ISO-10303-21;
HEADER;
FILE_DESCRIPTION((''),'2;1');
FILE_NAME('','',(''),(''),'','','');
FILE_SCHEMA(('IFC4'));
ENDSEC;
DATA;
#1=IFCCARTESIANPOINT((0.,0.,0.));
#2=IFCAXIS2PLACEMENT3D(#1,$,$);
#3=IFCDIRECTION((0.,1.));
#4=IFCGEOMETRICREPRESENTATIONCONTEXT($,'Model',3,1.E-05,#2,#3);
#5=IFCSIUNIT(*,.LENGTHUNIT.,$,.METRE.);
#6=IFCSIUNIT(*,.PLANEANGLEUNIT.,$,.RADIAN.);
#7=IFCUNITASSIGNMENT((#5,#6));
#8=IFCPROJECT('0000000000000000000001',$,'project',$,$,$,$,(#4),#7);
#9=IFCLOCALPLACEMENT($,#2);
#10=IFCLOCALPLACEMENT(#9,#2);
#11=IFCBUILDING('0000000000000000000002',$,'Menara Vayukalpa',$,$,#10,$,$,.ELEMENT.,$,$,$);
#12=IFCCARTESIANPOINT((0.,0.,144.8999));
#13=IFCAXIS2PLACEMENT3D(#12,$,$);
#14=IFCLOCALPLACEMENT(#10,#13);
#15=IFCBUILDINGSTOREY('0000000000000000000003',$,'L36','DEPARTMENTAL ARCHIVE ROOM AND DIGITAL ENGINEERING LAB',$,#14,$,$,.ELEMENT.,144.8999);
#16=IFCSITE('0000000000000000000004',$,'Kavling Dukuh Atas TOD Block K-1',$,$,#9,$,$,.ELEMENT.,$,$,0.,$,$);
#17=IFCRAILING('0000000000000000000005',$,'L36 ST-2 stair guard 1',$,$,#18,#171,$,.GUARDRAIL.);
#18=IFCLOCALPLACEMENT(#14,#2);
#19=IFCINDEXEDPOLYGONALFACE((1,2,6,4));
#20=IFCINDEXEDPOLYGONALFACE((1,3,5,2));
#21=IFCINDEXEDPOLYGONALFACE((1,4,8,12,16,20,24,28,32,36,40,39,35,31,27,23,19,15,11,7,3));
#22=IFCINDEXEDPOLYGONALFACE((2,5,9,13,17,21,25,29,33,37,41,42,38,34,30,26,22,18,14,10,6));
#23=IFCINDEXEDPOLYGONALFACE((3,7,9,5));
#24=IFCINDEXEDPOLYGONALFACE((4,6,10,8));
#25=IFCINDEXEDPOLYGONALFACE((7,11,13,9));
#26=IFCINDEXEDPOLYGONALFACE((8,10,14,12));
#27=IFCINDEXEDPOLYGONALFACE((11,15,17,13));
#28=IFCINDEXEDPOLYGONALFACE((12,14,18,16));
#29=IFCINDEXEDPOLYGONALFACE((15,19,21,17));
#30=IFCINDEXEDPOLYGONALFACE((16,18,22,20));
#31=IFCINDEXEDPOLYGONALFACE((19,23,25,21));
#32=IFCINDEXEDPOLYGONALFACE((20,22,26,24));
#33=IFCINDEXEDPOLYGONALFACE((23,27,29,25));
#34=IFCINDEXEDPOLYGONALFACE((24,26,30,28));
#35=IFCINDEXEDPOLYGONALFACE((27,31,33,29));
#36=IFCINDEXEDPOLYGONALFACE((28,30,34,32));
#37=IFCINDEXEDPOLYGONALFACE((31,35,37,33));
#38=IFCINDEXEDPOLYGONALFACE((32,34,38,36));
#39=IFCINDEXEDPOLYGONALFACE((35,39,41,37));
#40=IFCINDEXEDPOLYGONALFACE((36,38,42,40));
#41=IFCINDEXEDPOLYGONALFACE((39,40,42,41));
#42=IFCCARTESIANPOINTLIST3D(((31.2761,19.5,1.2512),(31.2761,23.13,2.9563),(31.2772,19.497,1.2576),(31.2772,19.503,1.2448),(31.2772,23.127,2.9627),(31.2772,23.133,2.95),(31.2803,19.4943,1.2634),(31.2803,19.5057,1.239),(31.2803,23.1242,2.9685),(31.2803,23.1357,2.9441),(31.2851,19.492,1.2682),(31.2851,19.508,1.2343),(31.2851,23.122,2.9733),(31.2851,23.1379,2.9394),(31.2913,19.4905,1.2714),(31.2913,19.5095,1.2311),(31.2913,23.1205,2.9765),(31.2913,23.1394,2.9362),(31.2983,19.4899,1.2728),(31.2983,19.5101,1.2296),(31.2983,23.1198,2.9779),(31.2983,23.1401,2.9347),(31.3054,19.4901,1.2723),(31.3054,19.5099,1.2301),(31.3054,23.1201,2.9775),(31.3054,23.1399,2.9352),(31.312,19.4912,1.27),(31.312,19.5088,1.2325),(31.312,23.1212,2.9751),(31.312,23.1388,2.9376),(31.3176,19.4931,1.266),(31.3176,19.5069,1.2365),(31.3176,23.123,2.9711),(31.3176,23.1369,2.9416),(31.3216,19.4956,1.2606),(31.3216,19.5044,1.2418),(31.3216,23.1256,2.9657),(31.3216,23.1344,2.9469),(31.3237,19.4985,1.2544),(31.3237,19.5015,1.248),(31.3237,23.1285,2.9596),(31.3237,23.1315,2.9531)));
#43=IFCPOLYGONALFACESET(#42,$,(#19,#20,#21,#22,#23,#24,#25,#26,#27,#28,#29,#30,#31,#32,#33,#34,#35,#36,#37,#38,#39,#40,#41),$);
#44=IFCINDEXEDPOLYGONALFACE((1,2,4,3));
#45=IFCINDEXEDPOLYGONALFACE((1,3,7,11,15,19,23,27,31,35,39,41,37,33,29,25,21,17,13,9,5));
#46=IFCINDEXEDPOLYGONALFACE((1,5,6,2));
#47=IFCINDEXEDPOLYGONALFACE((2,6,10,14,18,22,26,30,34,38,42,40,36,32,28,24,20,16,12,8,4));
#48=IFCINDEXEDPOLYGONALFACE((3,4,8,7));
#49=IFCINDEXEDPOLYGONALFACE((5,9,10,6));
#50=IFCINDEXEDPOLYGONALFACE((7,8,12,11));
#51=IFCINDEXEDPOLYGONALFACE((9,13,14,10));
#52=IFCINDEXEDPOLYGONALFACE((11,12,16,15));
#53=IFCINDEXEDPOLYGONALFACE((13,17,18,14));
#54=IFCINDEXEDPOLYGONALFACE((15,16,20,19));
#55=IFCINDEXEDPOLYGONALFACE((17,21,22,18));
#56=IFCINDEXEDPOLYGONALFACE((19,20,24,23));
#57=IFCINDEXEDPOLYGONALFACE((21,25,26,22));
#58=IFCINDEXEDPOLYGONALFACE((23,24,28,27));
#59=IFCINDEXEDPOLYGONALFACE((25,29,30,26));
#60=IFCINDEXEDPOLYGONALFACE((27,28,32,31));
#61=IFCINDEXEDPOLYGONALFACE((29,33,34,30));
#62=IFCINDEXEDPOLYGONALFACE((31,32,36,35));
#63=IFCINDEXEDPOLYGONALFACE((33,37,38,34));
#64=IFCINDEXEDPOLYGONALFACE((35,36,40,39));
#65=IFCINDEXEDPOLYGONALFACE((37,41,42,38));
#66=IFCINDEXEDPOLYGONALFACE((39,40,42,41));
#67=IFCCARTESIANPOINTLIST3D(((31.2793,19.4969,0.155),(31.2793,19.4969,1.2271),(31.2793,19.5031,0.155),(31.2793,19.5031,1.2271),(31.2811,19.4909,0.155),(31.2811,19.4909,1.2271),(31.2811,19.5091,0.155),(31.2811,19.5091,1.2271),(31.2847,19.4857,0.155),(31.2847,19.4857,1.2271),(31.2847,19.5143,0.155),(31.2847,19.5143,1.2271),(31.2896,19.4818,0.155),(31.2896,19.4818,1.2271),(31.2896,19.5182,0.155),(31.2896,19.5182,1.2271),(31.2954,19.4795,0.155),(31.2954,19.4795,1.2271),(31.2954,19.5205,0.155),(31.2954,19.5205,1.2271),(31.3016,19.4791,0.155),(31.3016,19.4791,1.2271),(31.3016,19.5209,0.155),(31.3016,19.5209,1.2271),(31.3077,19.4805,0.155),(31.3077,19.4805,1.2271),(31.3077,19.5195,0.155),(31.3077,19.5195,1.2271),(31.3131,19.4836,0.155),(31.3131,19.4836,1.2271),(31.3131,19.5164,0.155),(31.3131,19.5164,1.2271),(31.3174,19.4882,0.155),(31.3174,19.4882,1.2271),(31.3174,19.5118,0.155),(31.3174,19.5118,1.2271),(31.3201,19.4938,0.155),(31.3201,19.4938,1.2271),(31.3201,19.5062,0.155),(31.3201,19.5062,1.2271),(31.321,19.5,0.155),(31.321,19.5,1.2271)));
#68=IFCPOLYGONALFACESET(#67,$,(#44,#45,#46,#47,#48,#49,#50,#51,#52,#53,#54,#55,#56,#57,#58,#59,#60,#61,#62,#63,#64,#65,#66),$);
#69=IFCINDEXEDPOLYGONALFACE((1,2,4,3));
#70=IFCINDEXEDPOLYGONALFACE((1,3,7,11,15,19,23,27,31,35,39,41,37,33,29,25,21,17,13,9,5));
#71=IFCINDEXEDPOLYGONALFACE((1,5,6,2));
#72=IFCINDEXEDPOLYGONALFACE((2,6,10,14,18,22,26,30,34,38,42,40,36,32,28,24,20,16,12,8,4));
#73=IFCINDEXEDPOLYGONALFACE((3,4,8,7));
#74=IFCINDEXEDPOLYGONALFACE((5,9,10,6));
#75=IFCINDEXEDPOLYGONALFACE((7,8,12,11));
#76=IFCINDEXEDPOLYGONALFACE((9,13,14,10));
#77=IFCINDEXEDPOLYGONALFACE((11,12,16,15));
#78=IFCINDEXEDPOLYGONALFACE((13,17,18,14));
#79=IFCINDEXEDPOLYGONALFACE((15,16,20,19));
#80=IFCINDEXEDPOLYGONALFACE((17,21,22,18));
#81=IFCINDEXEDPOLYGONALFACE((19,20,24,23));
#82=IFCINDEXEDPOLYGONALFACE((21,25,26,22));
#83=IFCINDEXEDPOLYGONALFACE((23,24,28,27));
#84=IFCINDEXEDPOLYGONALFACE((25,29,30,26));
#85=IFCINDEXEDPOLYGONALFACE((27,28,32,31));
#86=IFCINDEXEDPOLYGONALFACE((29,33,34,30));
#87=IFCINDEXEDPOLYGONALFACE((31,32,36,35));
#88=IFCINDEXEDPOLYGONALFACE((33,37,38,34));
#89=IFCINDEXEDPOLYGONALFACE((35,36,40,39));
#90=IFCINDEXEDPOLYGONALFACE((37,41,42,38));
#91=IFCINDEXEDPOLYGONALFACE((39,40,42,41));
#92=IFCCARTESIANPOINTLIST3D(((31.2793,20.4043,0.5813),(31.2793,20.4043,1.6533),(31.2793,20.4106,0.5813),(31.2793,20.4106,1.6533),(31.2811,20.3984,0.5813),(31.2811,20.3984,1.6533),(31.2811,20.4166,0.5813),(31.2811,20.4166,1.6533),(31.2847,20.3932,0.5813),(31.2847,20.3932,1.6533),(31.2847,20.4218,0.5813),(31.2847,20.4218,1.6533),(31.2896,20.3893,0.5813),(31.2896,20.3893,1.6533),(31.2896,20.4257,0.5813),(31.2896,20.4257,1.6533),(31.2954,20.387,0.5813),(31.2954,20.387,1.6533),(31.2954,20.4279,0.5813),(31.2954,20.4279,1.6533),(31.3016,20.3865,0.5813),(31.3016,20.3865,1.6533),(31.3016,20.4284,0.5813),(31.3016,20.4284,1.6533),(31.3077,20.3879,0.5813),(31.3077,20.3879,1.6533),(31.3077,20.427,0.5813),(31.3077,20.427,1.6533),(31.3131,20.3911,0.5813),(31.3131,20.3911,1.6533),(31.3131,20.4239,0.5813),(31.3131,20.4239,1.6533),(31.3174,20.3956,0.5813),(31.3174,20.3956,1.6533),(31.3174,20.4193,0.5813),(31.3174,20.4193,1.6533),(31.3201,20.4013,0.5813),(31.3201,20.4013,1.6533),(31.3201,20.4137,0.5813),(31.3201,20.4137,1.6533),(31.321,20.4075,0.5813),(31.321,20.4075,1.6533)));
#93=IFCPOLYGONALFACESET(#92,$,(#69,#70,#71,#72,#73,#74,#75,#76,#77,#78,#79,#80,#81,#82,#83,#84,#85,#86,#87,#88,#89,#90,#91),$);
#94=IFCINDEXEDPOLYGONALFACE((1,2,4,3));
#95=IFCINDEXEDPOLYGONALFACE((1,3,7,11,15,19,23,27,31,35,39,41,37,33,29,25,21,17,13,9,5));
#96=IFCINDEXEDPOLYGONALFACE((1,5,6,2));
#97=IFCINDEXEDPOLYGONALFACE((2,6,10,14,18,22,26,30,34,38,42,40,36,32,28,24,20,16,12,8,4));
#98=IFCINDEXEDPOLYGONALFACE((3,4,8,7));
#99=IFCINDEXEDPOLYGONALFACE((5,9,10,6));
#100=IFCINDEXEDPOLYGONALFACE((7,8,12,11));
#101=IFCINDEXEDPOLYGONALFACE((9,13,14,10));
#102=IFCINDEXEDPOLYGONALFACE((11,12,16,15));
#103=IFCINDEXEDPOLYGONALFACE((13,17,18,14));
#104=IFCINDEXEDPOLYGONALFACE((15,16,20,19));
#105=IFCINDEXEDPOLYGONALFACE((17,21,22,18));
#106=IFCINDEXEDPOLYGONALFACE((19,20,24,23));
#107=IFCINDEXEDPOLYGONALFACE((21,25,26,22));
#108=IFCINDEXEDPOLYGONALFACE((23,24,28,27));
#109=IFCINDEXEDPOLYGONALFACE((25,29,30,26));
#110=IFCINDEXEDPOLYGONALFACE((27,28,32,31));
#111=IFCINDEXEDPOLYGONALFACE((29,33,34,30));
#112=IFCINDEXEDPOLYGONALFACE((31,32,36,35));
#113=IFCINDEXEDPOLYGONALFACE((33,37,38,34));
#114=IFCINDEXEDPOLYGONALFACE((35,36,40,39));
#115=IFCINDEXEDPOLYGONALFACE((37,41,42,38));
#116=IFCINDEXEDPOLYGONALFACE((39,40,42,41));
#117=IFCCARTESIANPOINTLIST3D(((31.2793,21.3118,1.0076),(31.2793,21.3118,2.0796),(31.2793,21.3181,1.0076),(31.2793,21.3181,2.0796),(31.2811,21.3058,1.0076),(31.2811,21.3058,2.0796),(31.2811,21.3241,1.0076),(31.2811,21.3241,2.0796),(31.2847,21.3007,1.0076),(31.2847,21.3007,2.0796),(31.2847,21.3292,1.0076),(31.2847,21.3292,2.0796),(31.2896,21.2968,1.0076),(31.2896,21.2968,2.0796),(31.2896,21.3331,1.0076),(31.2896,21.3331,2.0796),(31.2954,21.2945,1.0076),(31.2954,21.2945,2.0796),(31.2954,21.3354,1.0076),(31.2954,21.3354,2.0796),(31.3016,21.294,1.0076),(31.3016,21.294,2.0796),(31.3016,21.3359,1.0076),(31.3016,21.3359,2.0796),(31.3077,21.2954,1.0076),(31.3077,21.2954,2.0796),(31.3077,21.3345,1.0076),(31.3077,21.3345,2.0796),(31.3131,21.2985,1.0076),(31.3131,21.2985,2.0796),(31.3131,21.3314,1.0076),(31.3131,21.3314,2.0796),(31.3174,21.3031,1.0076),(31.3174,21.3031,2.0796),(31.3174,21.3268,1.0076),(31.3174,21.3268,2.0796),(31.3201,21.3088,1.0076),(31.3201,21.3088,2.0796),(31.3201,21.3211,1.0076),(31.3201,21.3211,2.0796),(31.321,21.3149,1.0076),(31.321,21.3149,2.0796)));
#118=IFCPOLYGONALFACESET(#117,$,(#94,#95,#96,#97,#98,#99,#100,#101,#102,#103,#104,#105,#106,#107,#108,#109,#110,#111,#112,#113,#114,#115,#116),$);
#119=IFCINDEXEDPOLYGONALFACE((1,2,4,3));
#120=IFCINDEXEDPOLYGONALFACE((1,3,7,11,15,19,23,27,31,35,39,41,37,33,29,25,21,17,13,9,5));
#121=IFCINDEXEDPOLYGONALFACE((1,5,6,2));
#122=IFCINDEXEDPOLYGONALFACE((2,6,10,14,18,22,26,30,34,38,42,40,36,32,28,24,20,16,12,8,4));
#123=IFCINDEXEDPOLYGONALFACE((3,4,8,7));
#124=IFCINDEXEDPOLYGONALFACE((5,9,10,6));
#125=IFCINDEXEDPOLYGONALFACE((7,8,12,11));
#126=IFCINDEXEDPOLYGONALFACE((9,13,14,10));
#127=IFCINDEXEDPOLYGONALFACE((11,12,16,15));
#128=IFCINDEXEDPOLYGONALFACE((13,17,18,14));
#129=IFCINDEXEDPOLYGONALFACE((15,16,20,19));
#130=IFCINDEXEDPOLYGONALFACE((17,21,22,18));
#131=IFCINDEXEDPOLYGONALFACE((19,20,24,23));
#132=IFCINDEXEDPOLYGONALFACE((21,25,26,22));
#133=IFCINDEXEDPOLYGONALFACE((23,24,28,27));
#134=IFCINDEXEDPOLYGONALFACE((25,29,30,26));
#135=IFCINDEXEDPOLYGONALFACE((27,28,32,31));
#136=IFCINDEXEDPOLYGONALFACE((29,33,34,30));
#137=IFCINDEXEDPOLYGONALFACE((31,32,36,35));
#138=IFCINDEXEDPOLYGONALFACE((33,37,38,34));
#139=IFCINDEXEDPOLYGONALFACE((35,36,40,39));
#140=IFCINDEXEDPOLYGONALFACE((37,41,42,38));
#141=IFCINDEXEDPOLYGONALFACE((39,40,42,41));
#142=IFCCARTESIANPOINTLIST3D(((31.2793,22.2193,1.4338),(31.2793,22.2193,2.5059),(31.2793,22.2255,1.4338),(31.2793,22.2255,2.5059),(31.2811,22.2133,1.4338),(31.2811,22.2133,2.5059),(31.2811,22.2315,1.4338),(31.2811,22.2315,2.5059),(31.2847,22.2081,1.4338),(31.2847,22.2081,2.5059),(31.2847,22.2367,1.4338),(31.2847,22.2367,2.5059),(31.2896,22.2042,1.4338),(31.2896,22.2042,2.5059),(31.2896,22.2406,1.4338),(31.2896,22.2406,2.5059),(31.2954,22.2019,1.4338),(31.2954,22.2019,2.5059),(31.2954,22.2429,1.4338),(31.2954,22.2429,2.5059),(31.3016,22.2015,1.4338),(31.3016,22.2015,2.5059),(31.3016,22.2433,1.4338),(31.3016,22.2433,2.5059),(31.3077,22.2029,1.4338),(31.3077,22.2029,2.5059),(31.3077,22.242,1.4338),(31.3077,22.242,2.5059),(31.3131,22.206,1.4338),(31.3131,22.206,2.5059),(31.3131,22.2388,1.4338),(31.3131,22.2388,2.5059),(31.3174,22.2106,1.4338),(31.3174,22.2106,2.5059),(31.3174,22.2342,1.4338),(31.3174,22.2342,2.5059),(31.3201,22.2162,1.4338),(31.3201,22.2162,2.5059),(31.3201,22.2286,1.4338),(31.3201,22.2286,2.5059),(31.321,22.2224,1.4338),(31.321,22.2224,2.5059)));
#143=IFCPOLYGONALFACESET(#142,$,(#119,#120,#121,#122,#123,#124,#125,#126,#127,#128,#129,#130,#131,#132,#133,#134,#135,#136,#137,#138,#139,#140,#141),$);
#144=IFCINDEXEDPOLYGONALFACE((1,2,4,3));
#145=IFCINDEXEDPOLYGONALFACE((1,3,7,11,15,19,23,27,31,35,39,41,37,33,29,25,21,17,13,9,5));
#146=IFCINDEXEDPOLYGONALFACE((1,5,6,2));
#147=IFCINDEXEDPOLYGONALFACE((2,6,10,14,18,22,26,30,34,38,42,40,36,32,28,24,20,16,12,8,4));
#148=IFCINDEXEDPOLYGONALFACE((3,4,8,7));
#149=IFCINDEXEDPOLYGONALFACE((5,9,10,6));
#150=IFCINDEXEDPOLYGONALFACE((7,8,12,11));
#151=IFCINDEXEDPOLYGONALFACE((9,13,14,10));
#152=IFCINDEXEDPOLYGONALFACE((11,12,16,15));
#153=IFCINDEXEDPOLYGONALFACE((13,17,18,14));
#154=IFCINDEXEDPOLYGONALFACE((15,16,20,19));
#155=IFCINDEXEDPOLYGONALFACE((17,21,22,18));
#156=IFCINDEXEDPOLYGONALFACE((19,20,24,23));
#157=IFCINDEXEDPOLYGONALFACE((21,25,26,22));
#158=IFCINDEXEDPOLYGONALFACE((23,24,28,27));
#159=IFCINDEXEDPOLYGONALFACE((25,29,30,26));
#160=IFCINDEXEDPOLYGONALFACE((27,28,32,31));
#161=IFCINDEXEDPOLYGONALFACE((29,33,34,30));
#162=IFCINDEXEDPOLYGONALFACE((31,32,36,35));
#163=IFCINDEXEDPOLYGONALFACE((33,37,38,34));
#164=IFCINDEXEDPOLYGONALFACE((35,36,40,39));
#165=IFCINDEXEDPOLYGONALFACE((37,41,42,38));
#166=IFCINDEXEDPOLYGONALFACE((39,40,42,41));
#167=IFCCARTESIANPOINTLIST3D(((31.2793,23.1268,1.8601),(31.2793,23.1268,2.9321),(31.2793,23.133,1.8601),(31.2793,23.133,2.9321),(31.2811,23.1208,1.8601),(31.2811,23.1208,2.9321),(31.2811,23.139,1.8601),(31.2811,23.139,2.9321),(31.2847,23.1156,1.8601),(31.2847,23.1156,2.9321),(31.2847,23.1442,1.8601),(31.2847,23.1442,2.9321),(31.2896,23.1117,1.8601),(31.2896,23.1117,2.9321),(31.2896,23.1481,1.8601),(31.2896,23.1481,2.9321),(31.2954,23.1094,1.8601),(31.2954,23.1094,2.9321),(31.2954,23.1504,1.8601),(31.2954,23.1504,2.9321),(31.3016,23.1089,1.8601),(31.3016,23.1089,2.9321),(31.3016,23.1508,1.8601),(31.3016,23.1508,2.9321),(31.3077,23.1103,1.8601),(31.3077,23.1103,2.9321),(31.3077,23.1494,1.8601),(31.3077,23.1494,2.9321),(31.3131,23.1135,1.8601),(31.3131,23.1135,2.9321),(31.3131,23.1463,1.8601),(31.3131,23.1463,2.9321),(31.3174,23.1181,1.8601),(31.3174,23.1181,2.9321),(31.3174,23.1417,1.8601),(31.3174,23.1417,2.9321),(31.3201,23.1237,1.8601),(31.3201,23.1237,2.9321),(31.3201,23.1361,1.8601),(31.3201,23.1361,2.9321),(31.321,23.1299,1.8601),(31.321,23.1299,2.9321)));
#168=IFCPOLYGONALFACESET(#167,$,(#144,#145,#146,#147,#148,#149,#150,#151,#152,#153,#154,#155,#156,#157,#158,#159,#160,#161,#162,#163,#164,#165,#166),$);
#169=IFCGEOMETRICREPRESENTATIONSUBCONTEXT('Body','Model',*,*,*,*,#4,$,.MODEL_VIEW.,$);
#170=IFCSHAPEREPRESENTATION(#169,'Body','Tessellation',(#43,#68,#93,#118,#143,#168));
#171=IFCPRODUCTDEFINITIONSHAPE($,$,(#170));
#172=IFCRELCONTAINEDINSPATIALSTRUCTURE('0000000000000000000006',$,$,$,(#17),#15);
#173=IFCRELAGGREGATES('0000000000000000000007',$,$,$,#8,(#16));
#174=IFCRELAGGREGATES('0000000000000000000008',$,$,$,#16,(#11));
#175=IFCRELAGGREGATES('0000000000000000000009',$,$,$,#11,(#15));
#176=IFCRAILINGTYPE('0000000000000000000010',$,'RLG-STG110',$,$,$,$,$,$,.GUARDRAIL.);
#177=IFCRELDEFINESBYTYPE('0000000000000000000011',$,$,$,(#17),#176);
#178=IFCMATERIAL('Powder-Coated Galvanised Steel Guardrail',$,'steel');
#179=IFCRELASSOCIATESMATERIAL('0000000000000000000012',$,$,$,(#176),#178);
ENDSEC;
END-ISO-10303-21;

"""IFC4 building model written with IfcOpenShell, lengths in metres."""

from ifc_helpers import new_model, si_unit, direction, frame, origin, origin_2d, place, context, subcontext, project, spatial, circle, extrude, material, type_object, element, save


model = new_model("IFC4")

# Units and contexts
model_context = context("Model", 3, precision=1e-05, world=origin(), true_north=direction((0.0, 1.0)))
body_context = subcontext(model_context, "Body", "Model", "MODEL_VIEW")
ifc_project = project(units=[si_unit("LENGTHUNIT", "METRE"), si_unit("PLANEANGLEUNIT", "RADIAN")], contexts=[model_context])

# Site, building, storey
site_placement = place(None, origin())
site = spatial("IfcSite", under=ifc_project, at=site_placement, Name="Kavling Dukuh Atas TOD Block K-1", CompositionType="ELEMENT", RefElevation=0.0)
building_placement = place(site_placement, origin())
building = spatial("IfcBuilding", under=site, at=building_placement, Name="Menara Vayukalpa", CompositionType="ELEMENT")
storey_placement = place(building_placement, frame((0.0, 0.0, 144.8999)))
storey = spatial("IfcBuildingStorey", under=building, at=storey_placement, Name="L36", Description="DEPARTMENTAL ARCHIVE ROOM AND DIGITAL ENGINEERING LAB", CompositionType="ELEMENT", Elevation=144.8999)

# Railing
ifc_material_1 = material(Name="Powder-Coated Galvanised Steel Guardrail", Category="steel")
railing_type_1 = type_object("IfcRailingType", Name="RLG-STG110", PredefinedType="GUARDRAIL", material=ifc_material_1)
railing_1_placement = place(storey_placement, frame((31.3, 19.5, 0.155)))
element("IfcRailing", 1, at=railing_1_placement, inside=storey, type_object=railing_type_1, Name="L36 ST-2 stair guard 1", PredefinedType="GUARDRAIL", context=body_context, shape_type="SweptSolid", body=[
    extrude(circle(Radius=0.0239, at=origin_2d()), frame((0.0, 0.0, 1.0962), z_axis=(0.0, 0.905116, 0.425164), x_axis=(-1.0, 0.0, 0.0)), (0.0, 0.0, 1.0), 4.0105),
    extrude(circle(Radius=0.021, at=origin_2d()), origin(), (0.0, 0.0, 1.0), 1.072),
    extrude(circle(Radius=0.021, at=origin_2d()), frame((0.0, 0.9075, 0.4263)), (0.0, 0.0, 1.0), 1.072),
    extrude(circle(Radius=0.021, at=origin_2d()), frame((0.0, 1.8149, 0.8525)), (0.0, 0.0, 1.0), 1.072),
    extrude(circle(Radius=0.021, at=origin_2d()), frame((0.0, 2.7224, 1.2788)), (0.0, 0.0, 1.0), 1.072),
    extrude(circle(Radius=0.021, at=origin_2d()), frame((0.0, 3.6299, 1.7051)), (0.0, 0.0, 1.0), 1.072),
])

save(model, "model.ifc")
